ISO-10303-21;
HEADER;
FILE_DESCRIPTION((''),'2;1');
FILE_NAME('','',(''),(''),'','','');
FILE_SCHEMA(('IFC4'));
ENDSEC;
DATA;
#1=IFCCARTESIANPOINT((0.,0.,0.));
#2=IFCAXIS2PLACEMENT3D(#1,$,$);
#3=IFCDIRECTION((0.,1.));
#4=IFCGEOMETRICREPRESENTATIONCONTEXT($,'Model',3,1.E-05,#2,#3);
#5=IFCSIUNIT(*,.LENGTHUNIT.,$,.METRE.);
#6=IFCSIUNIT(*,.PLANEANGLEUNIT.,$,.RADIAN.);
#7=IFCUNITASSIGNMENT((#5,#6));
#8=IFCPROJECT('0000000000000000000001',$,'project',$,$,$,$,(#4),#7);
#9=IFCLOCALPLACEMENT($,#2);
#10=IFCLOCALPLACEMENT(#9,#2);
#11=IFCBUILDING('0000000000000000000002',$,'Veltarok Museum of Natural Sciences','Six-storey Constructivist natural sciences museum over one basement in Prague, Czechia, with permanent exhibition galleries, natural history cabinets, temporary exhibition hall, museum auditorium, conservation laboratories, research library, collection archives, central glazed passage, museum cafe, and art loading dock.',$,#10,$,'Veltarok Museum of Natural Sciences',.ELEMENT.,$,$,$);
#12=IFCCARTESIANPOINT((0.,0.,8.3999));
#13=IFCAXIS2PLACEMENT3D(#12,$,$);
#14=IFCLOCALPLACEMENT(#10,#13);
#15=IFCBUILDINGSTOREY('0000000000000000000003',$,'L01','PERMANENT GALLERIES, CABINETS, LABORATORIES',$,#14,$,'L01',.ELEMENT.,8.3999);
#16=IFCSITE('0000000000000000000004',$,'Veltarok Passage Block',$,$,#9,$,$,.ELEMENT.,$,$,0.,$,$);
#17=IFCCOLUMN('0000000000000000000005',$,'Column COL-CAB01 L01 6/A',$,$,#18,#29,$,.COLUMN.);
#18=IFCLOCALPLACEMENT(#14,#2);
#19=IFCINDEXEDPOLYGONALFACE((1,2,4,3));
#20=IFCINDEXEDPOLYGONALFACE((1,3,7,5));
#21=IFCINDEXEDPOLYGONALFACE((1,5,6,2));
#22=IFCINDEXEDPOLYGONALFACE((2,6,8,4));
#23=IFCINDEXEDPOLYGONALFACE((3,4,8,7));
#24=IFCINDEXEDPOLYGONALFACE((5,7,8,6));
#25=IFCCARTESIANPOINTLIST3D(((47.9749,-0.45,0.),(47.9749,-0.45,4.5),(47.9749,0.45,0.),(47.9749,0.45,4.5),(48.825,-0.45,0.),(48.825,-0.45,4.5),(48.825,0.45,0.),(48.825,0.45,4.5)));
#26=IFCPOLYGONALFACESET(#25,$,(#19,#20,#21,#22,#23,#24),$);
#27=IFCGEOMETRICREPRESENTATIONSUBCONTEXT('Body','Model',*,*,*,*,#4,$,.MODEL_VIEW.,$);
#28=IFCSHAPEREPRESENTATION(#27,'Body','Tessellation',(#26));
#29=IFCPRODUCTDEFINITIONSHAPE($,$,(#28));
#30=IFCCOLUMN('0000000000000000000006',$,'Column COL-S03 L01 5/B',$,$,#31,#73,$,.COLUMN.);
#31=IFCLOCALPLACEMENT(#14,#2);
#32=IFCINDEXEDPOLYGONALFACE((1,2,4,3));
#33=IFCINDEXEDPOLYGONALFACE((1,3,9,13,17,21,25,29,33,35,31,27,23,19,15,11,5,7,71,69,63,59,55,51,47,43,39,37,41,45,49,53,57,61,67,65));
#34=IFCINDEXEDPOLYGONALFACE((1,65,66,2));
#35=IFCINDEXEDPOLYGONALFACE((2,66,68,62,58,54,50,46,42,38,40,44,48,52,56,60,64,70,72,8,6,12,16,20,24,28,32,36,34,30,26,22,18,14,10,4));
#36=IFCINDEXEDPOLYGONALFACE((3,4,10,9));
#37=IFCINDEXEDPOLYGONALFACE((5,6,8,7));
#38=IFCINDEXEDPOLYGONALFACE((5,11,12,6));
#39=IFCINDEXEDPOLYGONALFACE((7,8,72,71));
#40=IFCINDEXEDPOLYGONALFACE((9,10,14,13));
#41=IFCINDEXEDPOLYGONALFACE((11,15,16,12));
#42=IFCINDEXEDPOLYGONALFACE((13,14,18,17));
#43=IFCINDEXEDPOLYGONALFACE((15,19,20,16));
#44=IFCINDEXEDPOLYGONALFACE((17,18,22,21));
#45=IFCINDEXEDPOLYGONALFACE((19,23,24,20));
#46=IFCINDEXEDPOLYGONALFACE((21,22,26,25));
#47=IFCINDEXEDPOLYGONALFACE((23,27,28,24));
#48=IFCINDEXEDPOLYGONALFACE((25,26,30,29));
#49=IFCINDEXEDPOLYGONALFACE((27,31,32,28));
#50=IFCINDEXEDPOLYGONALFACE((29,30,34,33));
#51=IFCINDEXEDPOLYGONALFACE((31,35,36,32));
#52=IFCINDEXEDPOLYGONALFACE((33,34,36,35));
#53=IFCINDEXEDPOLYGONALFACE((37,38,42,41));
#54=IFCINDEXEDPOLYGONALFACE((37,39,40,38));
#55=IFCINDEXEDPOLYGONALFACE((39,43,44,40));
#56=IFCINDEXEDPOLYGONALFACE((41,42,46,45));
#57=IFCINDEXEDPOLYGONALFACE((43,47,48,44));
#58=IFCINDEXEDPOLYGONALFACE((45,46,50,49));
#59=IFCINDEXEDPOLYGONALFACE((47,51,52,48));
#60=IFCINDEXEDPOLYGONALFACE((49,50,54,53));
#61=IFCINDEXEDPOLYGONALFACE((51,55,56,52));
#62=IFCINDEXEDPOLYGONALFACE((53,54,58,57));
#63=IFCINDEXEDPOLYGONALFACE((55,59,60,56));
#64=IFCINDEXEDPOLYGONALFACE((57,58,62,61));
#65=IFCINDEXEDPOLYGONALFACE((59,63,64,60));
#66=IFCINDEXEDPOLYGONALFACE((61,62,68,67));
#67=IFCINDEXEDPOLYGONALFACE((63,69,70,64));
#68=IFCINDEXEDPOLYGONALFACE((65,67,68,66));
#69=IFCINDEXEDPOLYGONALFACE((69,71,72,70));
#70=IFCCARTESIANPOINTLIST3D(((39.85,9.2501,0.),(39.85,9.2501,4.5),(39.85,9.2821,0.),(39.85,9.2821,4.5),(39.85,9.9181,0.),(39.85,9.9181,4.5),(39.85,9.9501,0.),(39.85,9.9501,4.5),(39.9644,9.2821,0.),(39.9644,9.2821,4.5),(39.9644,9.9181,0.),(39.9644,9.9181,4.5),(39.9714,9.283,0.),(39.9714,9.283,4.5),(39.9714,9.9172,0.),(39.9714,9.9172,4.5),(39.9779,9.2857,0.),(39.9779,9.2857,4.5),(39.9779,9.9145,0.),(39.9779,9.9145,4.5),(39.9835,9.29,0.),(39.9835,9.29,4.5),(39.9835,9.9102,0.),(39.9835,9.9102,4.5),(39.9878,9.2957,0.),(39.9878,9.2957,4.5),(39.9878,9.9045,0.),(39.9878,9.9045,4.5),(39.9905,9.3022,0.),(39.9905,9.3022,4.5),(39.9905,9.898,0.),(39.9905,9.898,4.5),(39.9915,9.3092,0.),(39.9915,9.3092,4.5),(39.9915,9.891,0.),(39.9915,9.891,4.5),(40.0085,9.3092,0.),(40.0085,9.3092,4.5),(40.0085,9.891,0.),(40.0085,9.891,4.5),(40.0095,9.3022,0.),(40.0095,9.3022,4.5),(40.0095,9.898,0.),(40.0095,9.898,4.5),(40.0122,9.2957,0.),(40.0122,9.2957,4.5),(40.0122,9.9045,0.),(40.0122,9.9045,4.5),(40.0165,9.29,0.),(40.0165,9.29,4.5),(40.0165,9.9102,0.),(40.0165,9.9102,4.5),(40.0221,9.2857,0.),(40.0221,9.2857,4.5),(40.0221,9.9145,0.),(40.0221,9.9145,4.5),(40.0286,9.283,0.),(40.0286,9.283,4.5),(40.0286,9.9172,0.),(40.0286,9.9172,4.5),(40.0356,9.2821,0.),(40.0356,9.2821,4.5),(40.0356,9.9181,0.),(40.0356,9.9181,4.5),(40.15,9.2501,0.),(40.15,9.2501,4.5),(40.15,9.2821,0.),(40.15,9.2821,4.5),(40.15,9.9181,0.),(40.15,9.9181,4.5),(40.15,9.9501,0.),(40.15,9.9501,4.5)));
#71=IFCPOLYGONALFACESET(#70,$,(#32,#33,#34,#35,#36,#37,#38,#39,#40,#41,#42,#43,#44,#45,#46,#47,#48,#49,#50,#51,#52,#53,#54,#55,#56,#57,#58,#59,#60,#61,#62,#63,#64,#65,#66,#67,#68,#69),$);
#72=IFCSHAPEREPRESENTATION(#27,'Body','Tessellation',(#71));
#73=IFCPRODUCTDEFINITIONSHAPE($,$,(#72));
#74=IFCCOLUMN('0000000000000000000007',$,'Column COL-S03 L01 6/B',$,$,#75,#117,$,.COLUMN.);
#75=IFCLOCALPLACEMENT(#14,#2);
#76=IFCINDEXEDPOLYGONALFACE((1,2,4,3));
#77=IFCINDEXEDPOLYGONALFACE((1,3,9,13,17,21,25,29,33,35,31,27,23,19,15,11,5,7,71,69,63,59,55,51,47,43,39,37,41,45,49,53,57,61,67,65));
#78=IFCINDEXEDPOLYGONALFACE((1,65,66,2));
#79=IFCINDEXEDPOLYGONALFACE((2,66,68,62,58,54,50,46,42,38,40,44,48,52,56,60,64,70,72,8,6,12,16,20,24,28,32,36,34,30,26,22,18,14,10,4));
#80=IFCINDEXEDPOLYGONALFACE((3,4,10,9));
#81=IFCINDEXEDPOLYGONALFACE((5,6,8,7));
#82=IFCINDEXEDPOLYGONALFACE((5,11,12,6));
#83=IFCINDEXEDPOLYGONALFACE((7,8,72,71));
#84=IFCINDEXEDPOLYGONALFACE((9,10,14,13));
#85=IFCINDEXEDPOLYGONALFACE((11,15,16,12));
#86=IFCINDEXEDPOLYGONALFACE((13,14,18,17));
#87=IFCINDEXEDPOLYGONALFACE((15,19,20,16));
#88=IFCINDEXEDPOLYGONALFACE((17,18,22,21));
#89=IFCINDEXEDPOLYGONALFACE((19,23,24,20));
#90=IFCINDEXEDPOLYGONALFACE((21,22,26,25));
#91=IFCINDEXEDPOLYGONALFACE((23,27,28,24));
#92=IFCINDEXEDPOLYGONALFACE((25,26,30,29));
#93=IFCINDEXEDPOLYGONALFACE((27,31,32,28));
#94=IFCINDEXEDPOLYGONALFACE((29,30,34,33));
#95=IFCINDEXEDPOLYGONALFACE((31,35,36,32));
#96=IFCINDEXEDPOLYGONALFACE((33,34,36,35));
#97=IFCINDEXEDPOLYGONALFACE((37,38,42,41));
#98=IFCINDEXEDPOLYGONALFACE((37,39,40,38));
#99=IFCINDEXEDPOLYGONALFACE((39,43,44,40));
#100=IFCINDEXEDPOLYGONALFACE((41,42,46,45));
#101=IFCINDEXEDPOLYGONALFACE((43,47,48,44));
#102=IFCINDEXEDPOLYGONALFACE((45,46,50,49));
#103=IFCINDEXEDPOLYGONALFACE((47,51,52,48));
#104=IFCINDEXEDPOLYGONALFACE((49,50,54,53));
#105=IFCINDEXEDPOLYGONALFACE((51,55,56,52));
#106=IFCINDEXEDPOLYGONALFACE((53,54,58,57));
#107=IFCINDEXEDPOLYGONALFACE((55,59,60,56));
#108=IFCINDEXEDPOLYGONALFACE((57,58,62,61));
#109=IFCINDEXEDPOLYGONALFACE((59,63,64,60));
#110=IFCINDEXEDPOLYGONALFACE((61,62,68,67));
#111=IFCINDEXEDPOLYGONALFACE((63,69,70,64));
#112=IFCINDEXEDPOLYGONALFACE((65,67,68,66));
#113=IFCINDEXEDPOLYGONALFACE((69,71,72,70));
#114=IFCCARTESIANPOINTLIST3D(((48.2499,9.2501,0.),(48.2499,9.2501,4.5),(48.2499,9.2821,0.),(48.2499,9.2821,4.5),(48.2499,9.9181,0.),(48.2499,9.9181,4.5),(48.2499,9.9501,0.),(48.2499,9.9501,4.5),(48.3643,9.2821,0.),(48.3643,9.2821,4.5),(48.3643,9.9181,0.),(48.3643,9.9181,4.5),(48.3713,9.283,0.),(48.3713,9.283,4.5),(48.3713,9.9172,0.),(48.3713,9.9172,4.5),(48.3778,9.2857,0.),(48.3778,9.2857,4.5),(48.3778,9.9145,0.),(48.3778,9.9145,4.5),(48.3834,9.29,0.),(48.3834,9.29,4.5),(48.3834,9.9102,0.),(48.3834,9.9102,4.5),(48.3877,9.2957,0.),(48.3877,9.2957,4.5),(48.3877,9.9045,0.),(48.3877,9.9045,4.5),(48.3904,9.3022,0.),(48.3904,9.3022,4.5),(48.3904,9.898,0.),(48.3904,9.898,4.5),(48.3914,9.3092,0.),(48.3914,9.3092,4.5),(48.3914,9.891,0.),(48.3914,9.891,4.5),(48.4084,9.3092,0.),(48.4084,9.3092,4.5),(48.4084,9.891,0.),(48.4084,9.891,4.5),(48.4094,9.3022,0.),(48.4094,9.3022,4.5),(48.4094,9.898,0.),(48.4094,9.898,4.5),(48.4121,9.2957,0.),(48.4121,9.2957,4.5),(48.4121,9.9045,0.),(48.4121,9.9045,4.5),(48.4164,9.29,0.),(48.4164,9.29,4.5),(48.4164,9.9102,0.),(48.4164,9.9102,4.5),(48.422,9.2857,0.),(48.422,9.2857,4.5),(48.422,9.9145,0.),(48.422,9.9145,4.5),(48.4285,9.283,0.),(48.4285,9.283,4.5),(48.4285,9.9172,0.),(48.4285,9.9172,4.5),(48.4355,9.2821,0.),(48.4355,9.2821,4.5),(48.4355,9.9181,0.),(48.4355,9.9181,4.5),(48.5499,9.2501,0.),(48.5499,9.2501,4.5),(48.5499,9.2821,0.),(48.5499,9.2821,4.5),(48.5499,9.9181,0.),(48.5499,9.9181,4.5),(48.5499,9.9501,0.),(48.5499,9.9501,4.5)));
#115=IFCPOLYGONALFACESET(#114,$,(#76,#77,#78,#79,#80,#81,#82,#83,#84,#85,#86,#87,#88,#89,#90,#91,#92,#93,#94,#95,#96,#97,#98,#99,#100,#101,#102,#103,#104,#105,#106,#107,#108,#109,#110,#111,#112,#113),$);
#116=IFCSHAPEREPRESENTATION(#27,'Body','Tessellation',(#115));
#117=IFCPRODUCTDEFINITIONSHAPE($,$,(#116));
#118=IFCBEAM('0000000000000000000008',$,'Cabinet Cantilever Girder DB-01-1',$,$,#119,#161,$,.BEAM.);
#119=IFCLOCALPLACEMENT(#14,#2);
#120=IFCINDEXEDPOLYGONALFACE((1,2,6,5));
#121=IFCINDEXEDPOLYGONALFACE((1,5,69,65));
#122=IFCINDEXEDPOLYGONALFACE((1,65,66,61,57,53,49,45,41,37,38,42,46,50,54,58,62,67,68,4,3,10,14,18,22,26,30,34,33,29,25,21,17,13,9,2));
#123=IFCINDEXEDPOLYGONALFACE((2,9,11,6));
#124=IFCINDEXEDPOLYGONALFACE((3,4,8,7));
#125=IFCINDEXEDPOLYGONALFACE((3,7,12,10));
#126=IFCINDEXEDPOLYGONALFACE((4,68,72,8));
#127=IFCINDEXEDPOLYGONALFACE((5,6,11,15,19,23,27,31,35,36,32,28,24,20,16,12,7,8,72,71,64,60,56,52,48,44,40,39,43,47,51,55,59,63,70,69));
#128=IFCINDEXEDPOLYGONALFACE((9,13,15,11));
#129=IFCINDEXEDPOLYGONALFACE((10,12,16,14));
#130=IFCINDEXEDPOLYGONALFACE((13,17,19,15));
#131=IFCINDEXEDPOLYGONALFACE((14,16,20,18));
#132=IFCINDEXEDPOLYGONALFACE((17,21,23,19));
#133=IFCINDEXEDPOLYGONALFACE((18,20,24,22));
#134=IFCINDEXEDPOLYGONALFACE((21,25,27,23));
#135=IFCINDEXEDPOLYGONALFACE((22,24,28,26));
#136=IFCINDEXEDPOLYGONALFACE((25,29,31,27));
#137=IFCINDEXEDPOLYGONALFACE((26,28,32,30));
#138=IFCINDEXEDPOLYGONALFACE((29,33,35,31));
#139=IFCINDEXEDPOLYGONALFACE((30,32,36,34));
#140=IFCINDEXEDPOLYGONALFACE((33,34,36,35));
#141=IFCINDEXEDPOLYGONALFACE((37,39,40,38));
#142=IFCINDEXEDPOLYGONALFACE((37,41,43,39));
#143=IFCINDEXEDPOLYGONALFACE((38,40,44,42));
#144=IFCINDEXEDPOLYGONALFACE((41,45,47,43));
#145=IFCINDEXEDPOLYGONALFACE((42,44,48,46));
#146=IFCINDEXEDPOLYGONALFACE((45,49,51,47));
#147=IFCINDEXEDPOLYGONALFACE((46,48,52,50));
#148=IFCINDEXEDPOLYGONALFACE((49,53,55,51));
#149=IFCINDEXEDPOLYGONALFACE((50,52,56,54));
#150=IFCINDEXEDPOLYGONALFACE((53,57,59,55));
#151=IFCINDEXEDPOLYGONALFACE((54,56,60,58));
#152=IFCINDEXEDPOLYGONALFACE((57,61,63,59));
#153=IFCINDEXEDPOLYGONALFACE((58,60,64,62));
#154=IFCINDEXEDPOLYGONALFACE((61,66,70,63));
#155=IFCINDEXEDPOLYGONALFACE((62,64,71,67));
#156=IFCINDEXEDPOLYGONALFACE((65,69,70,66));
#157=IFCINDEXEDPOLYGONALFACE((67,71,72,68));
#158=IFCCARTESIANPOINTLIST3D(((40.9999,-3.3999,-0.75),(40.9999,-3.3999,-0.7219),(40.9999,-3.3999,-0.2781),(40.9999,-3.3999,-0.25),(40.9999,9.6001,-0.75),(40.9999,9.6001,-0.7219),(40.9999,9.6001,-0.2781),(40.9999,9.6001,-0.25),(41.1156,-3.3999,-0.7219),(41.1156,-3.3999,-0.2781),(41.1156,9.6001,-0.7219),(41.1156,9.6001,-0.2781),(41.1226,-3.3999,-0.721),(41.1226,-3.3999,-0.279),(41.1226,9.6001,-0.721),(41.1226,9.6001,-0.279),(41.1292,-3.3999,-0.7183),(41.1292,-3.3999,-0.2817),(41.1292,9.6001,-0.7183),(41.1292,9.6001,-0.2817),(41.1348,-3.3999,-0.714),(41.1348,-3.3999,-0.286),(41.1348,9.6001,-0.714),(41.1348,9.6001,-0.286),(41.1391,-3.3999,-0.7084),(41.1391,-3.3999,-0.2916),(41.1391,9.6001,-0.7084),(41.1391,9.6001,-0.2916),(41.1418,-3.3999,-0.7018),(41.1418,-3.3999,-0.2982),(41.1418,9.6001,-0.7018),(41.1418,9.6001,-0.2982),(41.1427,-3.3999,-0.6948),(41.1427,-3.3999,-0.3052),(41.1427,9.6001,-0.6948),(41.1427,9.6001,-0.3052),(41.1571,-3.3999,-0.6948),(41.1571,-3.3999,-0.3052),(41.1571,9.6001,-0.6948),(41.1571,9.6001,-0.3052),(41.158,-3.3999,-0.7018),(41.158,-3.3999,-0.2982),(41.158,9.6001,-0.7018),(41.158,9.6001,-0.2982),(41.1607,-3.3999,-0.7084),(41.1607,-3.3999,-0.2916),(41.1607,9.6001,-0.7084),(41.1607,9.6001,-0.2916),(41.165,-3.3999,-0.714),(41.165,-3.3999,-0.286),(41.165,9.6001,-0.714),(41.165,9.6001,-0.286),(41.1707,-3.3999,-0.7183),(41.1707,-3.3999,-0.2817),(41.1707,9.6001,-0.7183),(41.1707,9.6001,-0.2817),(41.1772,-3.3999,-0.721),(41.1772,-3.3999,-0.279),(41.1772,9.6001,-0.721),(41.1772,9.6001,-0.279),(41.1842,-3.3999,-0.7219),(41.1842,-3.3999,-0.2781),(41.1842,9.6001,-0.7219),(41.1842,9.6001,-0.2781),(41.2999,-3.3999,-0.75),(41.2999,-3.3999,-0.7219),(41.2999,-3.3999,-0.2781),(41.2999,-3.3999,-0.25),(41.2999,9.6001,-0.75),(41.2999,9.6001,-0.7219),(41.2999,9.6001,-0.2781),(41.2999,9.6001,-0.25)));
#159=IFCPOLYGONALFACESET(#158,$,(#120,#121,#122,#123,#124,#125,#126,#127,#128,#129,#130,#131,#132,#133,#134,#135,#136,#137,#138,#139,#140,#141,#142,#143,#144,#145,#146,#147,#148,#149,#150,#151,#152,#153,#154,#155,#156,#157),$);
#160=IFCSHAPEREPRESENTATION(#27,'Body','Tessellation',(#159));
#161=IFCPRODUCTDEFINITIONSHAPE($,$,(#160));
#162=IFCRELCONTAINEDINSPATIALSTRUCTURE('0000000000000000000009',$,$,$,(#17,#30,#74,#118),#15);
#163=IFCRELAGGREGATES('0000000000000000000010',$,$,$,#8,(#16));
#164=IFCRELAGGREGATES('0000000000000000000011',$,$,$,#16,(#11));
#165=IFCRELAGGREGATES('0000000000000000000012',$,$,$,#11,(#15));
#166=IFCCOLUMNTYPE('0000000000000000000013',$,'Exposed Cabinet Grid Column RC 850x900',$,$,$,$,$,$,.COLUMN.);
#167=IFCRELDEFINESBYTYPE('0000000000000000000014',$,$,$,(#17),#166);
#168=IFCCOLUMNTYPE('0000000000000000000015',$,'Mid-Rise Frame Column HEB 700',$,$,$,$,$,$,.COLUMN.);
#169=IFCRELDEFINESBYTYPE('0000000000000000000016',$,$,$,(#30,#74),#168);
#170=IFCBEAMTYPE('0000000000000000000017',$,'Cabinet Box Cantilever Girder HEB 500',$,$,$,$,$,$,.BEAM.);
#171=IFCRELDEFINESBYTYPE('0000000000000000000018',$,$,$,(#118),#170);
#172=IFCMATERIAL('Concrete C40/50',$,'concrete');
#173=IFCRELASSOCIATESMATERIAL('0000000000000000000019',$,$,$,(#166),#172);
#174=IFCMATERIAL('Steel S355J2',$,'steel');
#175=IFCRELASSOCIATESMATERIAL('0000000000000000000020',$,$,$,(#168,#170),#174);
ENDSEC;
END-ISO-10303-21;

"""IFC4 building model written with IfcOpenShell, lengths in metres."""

from ifc_helpers import new_model, si_unit, direction, frame, origin, origin_2d, place, context, subcontext, project, spatial, rectangle, i_section, extrude, material, material_profile, profile_set, type_object, element, save


model = new_model("IFC4")

# Units and contexts
model_context = context("Model", 3, precision=1e-05, world=origin(), true_north=direction((0.0, 1.0)))
body_context = subcontext(model_context, "Body", "Model", "MODEL_VIEW")
ifc_project = project(units=[si_unit("LENGTHUNIT", "METRE"), si_unit("PLANEANGLEUNIT", "RADIAN")], contexts=[model_context])

# Site, building, storey
site_placement = place(None, origin())
site = spatial("IfcSite", under=ifc_project, at=site_placement, Name="Veltarok Passage Block", CompositionType="ELEMENT", RefElevation=0.0)
building_placement = place(site_placement, origin())
building = spatial("IfcBuilding", under=site, at=building_placement, Name="Veltarok Museum of Natural Sciences", Description="Six-storey Constructivist natural sciences museum over one basement in Prague, Czechia, with permanent exhibition galleries, natural history cabinets, temporary exhibition hall, museum auditorium, conservation laboratories, research library, collection archives, central glazed passage, museum cafe, and art loading dock.", LongName="Veltarok Museum of Natural Sciences", CompositionType="ELEMENT")
storey_placement = place(building_placement, frame((0.0, 0.0, 8.3999)))
storey = spatial("IfcBuildingStorey", under=building, at=storey_placement, Name="L01", Description="PERMANENT GALLERIES, CABINETS, LABORATORIES", LongName="L01", CompositionType="ELEMENT", Elevation=8.3999)

# Columns
ifc_material_1 = material(Name="Concrete C40/50", Category="concrete")
ifc_material_profile_1 = material_profile(ifc_material_1, rectangle(XDim=0.8501, YDim=0.8999, at=origin_2d()), Name="RC 850x900")
ifc_profile_set_1 = profile_set([ifc_material_profile_1], Name="Concrete C40/50")
column_type_1 = type_object("IfcColumnType", Name="Exposed Cabinet Grid Column RC 850x900", PredefinedType="COLUMN", material=ifc_profile_set_1)
column_placement = place(storey_placement, frame((48.3999, 0.0, 0.0), z_axis=(0.0, 0.0, 1.0), x_axis=(1.0, 0.0, 0.0)))
element("IfcColumn", 1, at=column_placement, inside=storey, type_object=column_type_1, Name="Column COL-CAB01 L01 6/A", PredefinedType="COLUMN", context=body_context, shape_type="SweptSolid", body=[
    extrude(rectangle(XDim=0.8501, YDim=0.8999, at=origin_2d()), origin(), (0.0, 0.0, 1.0), 4.5),
])
ifc_material_2 = material(Name="Steel S355J2", Category="steel")
ifc_material_profile_2 = material_profile(ifc_material_2, i_section(OverallWidth=0.3, OverallDepth=0.7, WebThickness=0.0171, FlangeThickness=0.032, FilletRadius=0.0271, at=origin_2d()), Name="HEB 700")
ifc_profile_set_2 = profile_set([ifc_material_profile_2], Name="Steel S355J2")
column_type_2 = type_object("IfcColumnType", Name="Mid-Rise Frame Column HEB 700", PredefinedType="COLUMN", material=ifc_profile_set_2)
for number, where, z_axis, x_axis, name in (
    (2, (40.0, 9.6001, 0.0), (0.0, 0.0, 1.0), (1.0, 0.0, 0.0), "Column COL-S03 L01 5/B"),
    (3, (48.3999, 9.6001, 0.0), (0.0, 0.0, 1.0), (1.0, 0.0, 0.0), "Column COL-S03 L01 6/B"),
):
    element("IfcColumn", number, at=place(storey_placement, frame(where, z_axis=z_axis, x_axis=x_axis)), inside=storey, type_object=column_type_2, Name=name, PredefinedType="COLUMN", context=body_context, shape_type="SweptSolid", body=[
        extrude(i_section(OverallWidth=0.3, OverallDepth=0.7, WebThickness=0.0171, FlangeThickness=0.032, FilletRadius=0.0271, at=origin_2d()), origin(), (0.0, 0.0, 1.0), 4.5),
    ])

# Beam
ifc_material_profile_3 = material_profile(ifc_material_2, i_section(OverallWidth=0.3, OverallDepth=0.5, WebThickness=0.0144, FlangeThickness=0.0281, FilletRadius=0.0271, at=origin_2d()), Name="HEB 500")
ifc_profile_set_3 = profile_set([ifc_material_profile_3], Name="Steel S355J2")
beam_type_1 = type_object("IfcBeamType", Name="Cabinet Box Cantilever Girder HEB 500", PredefinedType="BEAM", material=ifc_profile_set_3)
for number, where, z_axis, x_axis, name in (
    (4, (41.1499, -3.3999, -0.5), (0.0, 1.0, 0.0), (-1.0, 0.0, 0.0), "Cabinet Cantilever Girder DB-01-1"),
):
    element("IfcBeam", number, at=place(storey_placement, frame(where, z_axis=z_axis, x_axis=x_axis)), inside=storey, type_object=beam_type_1, Name=name, PredefinedType="BEAM", context=body_context, shape_type="SweptSolid", body=[
        extrude(i_section(OverallWidth=0.3, OverallDepth=0.5, WebThickness=0.0144, FlangeThickness=0.0281, FilletRadius=0.0271, at=origin_2d()), origin(), (0.0, 0.0, 1.0), 13.0),
    ])

save(model, "model.ifc")
